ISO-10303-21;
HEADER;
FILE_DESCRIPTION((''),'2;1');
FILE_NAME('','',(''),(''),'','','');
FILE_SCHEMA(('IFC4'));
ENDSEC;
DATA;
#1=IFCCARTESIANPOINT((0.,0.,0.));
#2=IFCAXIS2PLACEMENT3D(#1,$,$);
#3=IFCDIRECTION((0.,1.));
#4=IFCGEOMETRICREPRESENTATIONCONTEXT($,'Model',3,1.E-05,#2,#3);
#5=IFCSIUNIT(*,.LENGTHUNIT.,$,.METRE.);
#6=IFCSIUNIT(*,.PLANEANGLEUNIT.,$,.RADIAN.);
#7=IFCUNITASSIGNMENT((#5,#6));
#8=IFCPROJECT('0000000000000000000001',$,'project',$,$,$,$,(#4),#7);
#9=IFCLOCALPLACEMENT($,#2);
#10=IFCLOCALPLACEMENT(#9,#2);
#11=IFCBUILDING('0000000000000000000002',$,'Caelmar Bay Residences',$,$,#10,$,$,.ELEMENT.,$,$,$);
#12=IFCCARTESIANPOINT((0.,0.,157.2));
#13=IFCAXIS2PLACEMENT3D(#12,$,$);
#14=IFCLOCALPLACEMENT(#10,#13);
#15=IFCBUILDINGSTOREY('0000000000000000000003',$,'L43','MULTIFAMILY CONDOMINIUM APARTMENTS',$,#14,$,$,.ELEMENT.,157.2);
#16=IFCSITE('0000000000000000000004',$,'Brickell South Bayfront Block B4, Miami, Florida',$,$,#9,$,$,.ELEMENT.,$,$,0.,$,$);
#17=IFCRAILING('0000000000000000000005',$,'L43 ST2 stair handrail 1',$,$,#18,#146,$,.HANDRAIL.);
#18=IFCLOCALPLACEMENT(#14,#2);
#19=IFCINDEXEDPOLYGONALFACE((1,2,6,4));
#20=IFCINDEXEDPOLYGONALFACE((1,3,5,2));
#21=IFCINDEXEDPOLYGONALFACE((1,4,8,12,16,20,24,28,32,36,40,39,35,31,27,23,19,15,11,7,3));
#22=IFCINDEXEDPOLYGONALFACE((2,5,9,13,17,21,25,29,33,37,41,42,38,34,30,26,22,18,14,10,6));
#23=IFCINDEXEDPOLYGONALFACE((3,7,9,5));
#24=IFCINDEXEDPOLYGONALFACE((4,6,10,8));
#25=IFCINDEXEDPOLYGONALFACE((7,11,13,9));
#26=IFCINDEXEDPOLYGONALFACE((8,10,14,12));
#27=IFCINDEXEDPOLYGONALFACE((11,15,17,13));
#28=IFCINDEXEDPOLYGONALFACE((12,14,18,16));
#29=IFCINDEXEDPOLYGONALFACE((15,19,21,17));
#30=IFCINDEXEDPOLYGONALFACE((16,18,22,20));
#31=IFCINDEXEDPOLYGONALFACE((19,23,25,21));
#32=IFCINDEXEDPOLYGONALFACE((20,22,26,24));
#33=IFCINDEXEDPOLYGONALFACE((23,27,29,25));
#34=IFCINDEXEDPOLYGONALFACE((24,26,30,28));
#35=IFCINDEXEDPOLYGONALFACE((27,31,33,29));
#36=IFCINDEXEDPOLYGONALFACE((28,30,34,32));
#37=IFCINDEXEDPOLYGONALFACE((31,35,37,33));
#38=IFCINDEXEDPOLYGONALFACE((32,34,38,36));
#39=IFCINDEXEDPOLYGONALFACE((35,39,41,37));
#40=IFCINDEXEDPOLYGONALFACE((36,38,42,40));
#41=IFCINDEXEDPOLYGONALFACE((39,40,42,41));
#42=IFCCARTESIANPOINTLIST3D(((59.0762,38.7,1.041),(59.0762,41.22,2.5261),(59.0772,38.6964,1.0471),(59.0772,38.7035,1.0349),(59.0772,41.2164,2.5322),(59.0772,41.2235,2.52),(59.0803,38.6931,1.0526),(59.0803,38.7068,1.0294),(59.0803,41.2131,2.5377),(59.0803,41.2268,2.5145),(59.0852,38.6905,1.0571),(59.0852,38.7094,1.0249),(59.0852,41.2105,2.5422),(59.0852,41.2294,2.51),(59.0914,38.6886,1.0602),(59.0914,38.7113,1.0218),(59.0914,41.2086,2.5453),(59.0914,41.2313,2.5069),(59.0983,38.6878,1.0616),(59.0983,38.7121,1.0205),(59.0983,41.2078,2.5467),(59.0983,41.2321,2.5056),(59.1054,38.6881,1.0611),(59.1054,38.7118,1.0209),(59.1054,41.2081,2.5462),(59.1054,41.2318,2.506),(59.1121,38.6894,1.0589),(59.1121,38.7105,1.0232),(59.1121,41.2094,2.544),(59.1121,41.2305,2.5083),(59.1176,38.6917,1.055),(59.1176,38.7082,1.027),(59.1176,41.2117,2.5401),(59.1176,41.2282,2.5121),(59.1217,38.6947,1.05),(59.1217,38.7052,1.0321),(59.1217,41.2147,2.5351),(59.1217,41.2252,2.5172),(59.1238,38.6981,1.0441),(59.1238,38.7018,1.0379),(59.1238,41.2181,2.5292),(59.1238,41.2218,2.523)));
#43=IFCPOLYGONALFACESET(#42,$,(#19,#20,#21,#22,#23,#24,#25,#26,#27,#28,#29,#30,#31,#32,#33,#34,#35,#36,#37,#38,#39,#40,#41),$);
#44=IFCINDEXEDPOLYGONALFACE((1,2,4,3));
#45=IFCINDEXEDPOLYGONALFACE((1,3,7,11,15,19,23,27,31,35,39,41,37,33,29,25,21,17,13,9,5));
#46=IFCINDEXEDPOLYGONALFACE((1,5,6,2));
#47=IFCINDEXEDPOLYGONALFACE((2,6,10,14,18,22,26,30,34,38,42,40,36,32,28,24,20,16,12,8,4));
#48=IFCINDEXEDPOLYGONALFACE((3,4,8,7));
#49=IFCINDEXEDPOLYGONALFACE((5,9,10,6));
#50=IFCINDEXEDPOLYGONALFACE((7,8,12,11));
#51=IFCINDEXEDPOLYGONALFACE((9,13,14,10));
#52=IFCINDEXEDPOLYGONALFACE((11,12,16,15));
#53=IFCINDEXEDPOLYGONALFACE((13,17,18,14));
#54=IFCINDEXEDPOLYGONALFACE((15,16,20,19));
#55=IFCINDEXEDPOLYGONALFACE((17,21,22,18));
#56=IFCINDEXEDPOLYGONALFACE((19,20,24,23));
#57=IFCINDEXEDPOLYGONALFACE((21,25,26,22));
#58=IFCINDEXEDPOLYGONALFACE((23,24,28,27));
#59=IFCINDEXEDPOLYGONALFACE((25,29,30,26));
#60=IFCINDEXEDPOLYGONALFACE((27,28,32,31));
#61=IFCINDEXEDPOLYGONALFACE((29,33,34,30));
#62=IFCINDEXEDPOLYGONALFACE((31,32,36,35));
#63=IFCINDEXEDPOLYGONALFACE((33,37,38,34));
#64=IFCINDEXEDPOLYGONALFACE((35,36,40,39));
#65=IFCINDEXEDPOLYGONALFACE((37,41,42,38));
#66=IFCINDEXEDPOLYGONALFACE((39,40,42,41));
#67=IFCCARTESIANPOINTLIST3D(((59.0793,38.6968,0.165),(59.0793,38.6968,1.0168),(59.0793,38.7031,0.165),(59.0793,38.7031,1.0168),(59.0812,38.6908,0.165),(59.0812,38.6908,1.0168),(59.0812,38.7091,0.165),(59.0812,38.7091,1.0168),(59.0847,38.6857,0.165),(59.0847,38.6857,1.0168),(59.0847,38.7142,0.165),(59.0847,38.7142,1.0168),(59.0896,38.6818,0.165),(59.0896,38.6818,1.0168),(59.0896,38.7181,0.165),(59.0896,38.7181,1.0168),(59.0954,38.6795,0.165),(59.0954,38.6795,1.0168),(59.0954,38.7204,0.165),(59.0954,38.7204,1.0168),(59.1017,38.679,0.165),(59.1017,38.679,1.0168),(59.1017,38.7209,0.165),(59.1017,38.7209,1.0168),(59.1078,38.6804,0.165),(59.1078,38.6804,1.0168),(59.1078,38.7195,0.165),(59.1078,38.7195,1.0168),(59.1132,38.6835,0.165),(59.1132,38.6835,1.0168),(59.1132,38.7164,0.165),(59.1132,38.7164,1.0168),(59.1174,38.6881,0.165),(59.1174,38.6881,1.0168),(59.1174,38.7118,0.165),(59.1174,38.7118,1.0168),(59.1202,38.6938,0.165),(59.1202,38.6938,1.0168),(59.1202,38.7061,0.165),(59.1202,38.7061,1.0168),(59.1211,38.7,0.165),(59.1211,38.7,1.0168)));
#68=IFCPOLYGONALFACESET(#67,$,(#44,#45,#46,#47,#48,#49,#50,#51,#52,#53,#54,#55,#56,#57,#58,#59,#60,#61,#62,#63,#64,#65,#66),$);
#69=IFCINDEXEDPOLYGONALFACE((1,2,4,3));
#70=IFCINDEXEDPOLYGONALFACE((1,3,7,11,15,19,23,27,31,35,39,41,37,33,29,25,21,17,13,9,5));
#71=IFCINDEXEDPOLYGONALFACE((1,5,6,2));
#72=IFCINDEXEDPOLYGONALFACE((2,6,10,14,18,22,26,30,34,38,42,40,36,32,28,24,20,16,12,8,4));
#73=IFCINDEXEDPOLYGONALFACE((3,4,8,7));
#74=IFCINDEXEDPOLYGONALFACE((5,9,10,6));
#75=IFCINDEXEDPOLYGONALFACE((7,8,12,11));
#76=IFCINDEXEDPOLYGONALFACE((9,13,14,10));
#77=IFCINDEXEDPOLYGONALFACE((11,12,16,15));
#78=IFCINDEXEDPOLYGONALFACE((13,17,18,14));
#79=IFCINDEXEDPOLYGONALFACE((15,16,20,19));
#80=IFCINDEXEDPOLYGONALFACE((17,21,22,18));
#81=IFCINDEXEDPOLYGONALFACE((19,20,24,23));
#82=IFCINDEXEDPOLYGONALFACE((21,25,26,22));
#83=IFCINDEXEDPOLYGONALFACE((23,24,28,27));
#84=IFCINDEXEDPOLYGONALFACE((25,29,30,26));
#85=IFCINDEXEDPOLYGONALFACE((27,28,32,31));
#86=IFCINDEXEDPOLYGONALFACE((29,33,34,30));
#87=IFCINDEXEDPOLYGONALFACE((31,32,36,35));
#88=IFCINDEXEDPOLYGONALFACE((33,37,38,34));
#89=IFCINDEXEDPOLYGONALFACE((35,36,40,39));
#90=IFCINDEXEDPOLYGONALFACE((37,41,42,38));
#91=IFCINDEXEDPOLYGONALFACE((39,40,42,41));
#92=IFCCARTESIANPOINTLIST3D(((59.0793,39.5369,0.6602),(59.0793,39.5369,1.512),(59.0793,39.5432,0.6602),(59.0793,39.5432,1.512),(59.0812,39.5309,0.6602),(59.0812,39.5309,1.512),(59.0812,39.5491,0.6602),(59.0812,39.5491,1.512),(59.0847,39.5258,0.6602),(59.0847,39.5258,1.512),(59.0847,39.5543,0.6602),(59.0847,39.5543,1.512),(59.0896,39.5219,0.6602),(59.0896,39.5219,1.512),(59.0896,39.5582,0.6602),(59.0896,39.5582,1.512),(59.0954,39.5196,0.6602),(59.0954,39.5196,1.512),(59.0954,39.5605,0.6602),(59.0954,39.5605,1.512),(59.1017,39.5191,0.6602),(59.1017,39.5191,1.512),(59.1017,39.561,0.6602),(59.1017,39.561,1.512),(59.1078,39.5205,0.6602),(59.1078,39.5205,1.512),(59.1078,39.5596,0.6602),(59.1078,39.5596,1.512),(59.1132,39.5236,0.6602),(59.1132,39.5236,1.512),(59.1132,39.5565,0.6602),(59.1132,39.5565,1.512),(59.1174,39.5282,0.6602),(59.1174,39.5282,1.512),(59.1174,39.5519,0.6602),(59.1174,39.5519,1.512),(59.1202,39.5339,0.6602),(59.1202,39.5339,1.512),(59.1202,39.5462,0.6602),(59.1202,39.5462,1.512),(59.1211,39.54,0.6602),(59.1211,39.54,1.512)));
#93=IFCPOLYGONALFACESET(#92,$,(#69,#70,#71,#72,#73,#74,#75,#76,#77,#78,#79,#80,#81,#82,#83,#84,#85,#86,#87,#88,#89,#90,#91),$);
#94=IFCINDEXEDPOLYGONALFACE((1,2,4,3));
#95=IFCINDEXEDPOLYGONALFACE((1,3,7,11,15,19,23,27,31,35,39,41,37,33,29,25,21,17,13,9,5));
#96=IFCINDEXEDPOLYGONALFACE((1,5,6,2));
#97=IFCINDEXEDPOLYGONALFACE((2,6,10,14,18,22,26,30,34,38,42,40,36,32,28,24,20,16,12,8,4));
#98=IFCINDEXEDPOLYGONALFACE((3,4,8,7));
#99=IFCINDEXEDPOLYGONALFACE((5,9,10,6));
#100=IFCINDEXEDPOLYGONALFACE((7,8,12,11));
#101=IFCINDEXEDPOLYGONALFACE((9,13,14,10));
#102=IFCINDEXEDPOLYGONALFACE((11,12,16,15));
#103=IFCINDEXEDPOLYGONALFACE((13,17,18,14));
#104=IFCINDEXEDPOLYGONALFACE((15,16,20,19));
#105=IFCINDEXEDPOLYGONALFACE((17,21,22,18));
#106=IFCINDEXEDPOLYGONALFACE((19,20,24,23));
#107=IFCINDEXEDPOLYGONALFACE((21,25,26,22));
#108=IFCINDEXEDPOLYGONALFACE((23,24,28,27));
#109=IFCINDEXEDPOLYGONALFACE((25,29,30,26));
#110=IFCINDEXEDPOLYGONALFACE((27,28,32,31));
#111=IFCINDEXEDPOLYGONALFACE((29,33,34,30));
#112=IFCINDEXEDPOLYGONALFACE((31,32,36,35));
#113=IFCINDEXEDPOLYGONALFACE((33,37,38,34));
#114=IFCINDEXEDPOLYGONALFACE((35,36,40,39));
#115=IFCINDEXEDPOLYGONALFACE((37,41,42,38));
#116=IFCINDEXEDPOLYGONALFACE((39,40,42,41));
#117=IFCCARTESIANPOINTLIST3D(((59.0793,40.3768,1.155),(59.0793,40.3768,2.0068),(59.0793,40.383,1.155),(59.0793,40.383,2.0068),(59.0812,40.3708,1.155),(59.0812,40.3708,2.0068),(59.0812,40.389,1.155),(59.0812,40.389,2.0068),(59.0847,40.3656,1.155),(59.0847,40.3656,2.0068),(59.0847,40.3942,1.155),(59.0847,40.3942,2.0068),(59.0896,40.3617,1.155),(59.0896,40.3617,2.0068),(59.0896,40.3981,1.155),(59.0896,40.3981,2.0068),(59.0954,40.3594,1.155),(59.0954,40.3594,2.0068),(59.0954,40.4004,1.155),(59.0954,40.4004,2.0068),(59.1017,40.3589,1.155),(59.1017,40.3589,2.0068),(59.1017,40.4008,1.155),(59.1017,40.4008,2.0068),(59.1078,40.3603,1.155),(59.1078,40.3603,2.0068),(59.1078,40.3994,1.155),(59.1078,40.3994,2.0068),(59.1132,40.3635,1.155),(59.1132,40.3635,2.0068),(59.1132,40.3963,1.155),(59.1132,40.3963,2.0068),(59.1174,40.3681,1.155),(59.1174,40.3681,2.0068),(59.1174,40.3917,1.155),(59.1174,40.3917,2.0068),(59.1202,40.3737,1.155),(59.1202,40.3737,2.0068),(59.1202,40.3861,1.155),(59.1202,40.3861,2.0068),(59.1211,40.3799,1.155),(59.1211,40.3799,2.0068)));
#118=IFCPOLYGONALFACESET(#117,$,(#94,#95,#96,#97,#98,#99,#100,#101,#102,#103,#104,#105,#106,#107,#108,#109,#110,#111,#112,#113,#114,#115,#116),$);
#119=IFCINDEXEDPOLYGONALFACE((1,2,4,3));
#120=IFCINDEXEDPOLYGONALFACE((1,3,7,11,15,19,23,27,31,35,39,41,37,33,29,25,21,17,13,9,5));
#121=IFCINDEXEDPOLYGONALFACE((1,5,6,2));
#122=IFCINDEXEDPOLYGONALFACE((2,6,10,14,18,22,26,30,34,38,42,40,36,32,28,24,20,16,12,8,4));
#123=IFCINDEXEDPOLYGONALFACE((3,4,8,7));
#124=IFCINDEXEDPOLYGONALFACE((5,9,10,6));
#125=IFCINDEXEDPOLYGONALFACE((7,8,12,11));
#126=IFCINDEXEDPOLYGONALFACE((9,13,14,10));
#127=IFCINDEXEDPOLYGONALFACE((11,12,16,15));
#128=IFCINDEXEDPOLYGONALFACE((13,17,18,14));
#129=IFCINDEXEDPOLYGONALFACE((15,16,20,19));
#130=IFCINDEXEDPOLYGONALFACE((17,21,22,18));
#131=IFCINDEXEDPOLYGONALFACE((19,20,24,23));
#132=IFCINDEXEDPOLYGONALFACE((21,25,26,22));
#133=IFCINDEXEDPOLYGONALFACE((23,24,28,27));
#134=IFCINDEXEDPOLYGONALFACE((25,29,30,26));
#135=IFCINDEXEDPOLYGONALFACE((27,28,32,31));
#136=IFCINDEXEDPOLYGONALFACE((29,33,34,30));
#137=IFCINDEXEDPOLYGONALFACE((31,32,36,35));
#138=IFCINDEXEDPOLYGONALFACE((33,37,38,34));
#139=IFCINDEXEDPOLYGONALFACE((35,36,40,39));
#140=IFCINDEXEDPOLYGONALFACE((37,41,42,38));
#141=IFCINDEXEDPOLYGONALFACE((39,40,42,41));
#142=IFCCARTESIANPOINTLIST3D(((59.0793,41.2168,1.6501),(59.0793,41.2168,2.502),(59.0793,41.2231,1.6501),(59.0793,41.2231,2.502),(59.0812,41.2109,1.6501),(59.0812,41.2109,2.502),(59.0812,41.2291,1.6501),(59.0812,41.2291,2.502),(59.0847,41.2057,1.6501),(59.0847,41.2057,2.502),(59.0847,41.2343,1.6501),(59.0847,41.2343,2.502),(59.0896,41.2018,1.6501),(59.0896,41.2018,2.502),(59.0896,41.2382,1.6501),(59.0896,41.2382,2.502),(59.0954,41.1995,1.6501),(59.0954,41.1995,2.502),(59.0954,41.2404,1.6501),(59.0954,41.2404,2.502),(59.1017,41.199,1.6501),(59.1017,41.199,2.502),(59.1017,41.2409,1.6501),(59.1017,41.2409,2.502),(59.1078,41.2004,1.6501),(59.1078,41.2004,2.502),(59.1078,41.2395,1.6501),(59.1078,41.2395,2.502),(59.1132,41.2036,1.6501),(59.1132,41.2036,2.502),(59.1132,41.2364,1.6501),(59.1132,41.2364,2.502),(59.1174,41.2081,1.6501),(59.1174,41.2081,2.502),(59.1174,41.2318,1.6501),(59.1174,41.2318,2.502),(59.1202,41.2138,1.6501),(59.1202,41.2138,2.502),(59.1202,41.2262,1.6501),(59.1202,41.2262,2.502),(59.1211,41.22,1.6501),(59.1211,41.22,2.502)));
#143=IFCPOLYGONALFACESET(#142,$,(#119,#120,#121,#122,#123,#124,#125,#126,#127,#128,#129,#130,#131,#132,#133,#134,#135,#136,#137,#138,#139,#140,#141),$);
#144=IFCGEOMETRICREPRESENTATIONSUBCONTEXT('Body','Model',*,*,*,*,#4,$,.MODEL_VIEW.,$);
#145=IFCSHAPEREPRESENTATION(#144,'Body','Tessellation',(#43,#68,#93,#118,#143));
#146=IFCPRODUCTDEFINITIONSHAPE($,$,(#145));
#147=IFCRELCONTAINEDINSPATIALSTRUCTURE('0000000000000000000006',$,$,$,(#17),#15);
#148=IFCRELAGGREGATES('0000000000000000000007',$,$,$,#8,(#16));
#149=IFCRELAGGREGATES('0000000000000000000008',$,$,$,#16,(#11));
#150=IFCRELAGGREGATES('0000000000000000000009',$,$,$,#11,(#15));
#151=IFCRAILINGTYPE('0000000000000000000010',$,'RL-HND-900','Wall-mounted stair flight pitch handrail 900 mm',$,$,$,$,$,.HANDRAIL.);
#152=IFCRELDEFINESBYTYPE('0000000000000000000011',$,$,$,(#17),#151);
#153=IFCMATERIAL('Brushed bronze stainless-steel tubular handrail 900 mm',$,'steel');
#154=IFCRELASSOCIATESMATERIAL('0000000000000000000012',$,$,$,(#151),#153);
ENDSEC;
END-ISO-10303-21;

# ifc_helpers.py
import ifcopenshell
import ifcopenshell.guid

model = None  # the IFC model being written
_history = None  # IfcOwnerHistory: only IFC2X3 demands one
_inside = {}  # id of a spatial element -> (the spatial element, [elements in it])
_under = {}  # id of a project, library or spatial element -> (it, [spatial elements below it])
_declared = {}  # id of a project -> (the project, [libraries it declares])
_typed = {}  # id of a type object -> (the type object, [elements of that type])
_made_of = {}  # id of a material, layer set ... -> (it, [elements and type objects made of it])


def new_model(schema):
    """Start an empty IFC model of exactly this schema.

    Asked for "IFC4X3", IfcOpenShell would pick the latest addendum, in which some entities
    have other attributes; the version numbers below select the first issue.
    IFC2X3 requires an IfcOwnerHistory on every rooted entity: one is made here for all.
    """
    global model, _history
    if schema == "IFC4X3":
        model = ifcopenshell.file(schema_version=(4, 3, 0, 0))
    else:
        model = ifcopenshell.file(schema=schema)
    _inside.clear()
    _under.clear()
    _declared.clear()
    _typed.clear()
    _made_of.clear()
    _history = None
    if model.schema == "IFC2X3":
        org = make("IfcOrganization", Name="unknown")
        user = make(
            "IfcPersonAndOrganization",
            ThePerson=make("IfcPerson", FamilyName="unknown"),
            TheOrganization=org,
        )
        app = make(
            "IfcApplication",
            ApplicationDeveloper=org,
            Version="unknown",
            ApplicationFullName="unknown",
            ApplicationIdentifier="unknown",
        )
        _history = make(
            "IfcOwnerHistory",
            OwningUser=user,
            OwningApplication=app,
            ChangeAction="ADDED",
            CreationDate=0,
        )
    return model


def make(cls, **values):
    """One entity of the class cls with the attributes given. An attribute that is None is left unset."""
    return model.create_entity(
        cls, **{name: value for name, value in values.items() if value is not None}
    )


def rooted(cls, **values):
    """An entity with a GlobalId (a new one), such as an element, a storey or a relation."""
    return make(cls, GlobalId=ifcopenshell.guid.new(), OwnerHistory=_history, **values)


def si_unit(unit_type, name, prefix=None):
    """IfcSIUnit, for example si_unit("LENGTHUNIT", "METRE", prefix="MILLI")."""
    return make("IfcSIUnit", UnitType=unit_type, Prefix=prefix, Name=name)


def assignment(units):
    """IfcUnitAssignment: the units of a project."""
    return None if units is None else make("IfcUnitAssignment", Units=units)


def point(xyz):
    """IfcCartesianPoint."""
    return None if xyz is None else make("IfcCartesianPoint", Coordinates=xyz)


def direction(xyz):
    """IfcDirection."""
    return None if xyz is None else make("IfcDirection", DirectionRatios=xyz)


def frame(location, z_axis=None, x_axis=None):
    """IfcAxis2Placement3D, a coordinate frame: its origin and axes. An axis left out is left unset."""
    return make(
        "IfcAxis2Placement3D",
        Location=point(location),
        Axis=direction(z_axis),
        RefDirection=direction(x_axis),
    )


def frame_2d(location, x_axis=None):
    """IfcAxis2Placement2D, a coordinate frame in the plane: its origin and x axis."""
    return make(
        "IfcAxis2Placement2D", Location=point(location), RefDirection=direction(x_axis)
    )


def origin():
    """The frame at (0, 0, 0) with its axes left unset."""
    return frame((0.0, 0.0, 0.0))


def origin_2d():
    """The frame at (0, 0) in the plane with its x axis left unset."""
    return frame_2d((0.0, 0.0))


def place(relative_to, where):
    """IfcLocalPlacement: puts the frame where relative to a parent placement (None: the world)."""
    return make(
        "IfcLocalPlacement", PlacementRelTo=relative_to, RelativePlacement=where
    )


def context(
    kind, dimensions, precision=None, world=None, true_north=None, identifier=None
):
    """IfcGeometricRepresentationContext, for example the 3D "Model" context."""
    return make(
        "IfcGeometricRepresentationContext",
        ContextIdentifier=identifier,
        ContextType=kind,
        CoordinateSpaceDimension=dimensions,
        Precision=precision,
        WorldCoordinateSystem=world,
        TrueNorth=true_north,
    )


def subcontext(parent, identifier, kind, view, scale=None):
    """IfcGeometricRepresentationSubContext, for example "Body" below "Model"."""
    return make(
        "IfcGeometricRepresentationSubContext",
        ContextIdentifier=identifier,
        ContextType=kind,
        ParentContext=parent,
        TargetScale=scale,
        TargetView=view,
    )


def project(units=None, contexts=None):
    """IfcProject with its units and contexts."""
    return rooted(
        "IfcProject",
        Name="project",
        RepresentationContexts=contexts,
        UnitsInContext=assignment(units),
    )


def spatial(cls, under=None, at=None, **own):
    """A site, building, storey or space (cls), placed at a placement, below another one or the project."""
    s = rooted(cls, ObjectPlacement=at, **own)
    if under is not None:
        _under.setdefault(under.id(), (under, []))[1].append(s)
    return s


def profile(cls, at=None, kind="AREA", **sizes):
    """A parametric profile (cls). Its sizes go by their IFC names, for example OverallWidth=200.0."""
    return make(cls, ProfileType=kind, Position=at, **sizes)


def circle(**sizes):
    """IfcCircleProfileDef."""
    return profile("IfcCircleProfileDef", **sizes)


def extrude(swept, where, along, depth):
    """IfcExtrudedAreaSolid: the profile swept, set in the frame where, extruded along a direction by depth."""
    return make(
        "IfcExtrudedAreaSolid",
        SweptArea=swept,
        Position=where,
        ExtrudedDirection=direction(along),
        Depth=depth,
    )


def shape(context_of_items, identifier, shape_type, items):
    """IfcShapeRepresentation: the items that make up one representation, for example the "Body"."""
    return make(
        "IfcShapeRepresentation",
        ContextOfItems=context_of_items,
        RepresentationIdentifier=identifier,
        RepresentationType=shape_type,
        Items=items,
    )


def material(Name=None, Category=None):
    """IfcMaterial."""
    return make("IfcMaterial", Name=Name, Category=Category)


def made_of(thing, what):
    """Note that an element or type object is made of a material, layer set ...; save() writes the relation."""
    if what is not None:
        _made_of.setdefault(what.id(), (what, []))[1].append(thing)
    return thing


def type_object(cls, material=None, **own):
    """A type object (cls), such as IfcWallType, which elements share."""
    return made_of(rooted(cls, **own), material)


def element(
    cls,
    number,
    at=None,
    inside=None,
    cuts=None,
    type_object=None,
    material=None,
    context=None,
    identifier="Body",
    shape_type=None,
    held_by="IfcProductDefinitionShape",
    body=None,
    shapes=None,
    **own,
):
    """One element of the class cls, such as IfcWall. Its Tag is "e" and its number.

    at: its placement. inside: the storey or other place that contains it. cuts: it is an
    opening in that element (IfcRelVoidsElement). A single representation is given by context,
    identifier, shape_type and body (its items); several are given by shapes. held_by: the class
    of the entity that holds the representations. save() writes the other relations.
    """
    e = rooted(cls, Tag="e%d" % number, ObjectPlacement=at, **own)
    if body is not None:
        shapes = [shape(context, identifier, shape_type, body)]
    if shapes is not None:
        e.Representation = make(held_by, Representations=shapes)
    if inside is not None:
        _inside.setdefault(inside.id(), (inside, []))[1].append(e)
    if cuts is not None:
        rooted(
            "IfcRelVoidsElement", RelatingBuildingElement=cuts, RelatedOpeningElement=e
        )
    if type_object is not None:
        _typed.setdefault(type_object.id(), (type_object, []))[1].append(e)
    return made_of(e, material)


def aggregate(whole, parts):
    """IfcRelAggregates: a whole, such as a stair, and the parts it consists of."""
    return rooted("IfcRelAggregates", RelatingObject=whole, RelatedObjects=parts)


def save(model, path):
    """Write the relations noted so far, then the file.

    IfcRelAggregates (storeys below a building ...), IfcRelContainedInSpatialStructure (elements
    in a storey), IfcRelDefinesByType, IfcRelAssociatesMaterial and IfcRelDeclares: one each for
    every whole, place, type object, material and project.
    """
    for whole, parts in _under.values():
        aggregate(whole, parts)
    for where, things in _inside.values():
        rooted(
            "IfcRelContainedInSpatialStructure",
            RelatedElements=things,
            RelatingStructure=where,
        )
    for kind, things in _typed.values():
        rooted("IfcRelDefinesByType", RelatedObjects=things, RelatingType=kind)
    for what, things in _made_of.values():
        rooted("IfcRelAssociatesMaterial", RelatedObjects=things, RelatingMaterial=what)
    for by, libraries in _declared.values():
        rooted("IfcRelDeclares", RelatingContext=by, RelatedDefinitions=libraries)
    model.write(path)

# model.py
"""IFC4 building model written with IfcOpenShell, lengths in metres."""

from ifc_helpers import new_model, si_unit, direction, frame, origin, origin_2d, place, context, subcontext, project, spatial, circle, extrude, material, type_object, element, save


model = new_model("IFC4")

# Units and contexts
model_context = context("Model", 3, precision=1e-05, world=origin(), true_north=direction((0.0, 1.0)))
body_context = subcontext(model_context, "Body", "Model", "MODEL_VIEW")
ifc_project = project(units=[si_unit("LENGTHUNIT", "METRE"), si_unit("PLANEANGLEUNIT", "RADIAN")], contexts=[model_context])

# Site, building, storey
site_placement = place(None, origin())
site = spatial("IfcSite", under=ifc_project, at=site_placement, Name="Brickell South Bayfront Block B4, Miami, Florida", CompositionType="ELEMENT", RefElevation=0.0)
building_placement = place(site_placement, origin())
building = spatial("IfcBuilding", under=site, at=building_placement, Name="Caelmar Bay Residences", CompositionType="ELEMENT")
storey_placement = place(building_placement, frame((0.0, 0.0, 157.2)))
storey = spatial("IfcBuildingStorey", under=building, at=storey_placement, Name="L43", Description="MULTIFAMILY CONDOMINIUM APARTMENTS", CompositionType="ELEMENT", Elevation=157.2)

# Railing
ifc_material_1 = material(Name="Brushed bronze stainless-steel tubular handrail 900 mm", Category="steel")
railing_type_1 = type_object("IfcRailingType", Name="RL-HND-900", Description="Wall-mounted stair flight pitch handrail 900 mm", PredefinedType="HANDRAIL", material=ifc_material_1)
railing_1_placement = place(storey_placement, frame((59.1001, 38.7, 0.165)))
element("IfcRailing", 1, at=railing_1_placement, inside=storey, type_object=railing_type_1, Name="L43 ST2 stair handrail 1", PredefinedType="HANDRAIL", context=body_context, shape_type="SweptSolid", body=[
    extrude(circle(Radius=0.0239, at=origin_2d()), frame((0.0, 0.0, 0.876), z_axis=(0.0, 0.861524, 0.507717), x_axis=(-1.0, 0.0, 0.0)), (0.0, 0.0, 1.0), 2.925),
    extrude(circle(Radius=0.021, at=origin_2d()), origin(), (0.0, 0.0, 1.0), 0.8518),
    extrude(circle(Radius=0.021, at=origin_2d()), frame((0.0, 0.8401, 0.4951)), (0.0, 0.0, 1.0), 0.8518),
    extrude(circle(Radius=0.021, at=origin_2d()), frame((0.0, 1.6799, 0.99)), (0.0, 0.0, 1.0), 0.8518),
    extrude(circle(Radius=0.021, at=origin_2d()), frame((0.0, 2.52, 1.4851)), (0.0, 0.0, 1.0), 0.8518),
])

save(model, "model.ifc")
